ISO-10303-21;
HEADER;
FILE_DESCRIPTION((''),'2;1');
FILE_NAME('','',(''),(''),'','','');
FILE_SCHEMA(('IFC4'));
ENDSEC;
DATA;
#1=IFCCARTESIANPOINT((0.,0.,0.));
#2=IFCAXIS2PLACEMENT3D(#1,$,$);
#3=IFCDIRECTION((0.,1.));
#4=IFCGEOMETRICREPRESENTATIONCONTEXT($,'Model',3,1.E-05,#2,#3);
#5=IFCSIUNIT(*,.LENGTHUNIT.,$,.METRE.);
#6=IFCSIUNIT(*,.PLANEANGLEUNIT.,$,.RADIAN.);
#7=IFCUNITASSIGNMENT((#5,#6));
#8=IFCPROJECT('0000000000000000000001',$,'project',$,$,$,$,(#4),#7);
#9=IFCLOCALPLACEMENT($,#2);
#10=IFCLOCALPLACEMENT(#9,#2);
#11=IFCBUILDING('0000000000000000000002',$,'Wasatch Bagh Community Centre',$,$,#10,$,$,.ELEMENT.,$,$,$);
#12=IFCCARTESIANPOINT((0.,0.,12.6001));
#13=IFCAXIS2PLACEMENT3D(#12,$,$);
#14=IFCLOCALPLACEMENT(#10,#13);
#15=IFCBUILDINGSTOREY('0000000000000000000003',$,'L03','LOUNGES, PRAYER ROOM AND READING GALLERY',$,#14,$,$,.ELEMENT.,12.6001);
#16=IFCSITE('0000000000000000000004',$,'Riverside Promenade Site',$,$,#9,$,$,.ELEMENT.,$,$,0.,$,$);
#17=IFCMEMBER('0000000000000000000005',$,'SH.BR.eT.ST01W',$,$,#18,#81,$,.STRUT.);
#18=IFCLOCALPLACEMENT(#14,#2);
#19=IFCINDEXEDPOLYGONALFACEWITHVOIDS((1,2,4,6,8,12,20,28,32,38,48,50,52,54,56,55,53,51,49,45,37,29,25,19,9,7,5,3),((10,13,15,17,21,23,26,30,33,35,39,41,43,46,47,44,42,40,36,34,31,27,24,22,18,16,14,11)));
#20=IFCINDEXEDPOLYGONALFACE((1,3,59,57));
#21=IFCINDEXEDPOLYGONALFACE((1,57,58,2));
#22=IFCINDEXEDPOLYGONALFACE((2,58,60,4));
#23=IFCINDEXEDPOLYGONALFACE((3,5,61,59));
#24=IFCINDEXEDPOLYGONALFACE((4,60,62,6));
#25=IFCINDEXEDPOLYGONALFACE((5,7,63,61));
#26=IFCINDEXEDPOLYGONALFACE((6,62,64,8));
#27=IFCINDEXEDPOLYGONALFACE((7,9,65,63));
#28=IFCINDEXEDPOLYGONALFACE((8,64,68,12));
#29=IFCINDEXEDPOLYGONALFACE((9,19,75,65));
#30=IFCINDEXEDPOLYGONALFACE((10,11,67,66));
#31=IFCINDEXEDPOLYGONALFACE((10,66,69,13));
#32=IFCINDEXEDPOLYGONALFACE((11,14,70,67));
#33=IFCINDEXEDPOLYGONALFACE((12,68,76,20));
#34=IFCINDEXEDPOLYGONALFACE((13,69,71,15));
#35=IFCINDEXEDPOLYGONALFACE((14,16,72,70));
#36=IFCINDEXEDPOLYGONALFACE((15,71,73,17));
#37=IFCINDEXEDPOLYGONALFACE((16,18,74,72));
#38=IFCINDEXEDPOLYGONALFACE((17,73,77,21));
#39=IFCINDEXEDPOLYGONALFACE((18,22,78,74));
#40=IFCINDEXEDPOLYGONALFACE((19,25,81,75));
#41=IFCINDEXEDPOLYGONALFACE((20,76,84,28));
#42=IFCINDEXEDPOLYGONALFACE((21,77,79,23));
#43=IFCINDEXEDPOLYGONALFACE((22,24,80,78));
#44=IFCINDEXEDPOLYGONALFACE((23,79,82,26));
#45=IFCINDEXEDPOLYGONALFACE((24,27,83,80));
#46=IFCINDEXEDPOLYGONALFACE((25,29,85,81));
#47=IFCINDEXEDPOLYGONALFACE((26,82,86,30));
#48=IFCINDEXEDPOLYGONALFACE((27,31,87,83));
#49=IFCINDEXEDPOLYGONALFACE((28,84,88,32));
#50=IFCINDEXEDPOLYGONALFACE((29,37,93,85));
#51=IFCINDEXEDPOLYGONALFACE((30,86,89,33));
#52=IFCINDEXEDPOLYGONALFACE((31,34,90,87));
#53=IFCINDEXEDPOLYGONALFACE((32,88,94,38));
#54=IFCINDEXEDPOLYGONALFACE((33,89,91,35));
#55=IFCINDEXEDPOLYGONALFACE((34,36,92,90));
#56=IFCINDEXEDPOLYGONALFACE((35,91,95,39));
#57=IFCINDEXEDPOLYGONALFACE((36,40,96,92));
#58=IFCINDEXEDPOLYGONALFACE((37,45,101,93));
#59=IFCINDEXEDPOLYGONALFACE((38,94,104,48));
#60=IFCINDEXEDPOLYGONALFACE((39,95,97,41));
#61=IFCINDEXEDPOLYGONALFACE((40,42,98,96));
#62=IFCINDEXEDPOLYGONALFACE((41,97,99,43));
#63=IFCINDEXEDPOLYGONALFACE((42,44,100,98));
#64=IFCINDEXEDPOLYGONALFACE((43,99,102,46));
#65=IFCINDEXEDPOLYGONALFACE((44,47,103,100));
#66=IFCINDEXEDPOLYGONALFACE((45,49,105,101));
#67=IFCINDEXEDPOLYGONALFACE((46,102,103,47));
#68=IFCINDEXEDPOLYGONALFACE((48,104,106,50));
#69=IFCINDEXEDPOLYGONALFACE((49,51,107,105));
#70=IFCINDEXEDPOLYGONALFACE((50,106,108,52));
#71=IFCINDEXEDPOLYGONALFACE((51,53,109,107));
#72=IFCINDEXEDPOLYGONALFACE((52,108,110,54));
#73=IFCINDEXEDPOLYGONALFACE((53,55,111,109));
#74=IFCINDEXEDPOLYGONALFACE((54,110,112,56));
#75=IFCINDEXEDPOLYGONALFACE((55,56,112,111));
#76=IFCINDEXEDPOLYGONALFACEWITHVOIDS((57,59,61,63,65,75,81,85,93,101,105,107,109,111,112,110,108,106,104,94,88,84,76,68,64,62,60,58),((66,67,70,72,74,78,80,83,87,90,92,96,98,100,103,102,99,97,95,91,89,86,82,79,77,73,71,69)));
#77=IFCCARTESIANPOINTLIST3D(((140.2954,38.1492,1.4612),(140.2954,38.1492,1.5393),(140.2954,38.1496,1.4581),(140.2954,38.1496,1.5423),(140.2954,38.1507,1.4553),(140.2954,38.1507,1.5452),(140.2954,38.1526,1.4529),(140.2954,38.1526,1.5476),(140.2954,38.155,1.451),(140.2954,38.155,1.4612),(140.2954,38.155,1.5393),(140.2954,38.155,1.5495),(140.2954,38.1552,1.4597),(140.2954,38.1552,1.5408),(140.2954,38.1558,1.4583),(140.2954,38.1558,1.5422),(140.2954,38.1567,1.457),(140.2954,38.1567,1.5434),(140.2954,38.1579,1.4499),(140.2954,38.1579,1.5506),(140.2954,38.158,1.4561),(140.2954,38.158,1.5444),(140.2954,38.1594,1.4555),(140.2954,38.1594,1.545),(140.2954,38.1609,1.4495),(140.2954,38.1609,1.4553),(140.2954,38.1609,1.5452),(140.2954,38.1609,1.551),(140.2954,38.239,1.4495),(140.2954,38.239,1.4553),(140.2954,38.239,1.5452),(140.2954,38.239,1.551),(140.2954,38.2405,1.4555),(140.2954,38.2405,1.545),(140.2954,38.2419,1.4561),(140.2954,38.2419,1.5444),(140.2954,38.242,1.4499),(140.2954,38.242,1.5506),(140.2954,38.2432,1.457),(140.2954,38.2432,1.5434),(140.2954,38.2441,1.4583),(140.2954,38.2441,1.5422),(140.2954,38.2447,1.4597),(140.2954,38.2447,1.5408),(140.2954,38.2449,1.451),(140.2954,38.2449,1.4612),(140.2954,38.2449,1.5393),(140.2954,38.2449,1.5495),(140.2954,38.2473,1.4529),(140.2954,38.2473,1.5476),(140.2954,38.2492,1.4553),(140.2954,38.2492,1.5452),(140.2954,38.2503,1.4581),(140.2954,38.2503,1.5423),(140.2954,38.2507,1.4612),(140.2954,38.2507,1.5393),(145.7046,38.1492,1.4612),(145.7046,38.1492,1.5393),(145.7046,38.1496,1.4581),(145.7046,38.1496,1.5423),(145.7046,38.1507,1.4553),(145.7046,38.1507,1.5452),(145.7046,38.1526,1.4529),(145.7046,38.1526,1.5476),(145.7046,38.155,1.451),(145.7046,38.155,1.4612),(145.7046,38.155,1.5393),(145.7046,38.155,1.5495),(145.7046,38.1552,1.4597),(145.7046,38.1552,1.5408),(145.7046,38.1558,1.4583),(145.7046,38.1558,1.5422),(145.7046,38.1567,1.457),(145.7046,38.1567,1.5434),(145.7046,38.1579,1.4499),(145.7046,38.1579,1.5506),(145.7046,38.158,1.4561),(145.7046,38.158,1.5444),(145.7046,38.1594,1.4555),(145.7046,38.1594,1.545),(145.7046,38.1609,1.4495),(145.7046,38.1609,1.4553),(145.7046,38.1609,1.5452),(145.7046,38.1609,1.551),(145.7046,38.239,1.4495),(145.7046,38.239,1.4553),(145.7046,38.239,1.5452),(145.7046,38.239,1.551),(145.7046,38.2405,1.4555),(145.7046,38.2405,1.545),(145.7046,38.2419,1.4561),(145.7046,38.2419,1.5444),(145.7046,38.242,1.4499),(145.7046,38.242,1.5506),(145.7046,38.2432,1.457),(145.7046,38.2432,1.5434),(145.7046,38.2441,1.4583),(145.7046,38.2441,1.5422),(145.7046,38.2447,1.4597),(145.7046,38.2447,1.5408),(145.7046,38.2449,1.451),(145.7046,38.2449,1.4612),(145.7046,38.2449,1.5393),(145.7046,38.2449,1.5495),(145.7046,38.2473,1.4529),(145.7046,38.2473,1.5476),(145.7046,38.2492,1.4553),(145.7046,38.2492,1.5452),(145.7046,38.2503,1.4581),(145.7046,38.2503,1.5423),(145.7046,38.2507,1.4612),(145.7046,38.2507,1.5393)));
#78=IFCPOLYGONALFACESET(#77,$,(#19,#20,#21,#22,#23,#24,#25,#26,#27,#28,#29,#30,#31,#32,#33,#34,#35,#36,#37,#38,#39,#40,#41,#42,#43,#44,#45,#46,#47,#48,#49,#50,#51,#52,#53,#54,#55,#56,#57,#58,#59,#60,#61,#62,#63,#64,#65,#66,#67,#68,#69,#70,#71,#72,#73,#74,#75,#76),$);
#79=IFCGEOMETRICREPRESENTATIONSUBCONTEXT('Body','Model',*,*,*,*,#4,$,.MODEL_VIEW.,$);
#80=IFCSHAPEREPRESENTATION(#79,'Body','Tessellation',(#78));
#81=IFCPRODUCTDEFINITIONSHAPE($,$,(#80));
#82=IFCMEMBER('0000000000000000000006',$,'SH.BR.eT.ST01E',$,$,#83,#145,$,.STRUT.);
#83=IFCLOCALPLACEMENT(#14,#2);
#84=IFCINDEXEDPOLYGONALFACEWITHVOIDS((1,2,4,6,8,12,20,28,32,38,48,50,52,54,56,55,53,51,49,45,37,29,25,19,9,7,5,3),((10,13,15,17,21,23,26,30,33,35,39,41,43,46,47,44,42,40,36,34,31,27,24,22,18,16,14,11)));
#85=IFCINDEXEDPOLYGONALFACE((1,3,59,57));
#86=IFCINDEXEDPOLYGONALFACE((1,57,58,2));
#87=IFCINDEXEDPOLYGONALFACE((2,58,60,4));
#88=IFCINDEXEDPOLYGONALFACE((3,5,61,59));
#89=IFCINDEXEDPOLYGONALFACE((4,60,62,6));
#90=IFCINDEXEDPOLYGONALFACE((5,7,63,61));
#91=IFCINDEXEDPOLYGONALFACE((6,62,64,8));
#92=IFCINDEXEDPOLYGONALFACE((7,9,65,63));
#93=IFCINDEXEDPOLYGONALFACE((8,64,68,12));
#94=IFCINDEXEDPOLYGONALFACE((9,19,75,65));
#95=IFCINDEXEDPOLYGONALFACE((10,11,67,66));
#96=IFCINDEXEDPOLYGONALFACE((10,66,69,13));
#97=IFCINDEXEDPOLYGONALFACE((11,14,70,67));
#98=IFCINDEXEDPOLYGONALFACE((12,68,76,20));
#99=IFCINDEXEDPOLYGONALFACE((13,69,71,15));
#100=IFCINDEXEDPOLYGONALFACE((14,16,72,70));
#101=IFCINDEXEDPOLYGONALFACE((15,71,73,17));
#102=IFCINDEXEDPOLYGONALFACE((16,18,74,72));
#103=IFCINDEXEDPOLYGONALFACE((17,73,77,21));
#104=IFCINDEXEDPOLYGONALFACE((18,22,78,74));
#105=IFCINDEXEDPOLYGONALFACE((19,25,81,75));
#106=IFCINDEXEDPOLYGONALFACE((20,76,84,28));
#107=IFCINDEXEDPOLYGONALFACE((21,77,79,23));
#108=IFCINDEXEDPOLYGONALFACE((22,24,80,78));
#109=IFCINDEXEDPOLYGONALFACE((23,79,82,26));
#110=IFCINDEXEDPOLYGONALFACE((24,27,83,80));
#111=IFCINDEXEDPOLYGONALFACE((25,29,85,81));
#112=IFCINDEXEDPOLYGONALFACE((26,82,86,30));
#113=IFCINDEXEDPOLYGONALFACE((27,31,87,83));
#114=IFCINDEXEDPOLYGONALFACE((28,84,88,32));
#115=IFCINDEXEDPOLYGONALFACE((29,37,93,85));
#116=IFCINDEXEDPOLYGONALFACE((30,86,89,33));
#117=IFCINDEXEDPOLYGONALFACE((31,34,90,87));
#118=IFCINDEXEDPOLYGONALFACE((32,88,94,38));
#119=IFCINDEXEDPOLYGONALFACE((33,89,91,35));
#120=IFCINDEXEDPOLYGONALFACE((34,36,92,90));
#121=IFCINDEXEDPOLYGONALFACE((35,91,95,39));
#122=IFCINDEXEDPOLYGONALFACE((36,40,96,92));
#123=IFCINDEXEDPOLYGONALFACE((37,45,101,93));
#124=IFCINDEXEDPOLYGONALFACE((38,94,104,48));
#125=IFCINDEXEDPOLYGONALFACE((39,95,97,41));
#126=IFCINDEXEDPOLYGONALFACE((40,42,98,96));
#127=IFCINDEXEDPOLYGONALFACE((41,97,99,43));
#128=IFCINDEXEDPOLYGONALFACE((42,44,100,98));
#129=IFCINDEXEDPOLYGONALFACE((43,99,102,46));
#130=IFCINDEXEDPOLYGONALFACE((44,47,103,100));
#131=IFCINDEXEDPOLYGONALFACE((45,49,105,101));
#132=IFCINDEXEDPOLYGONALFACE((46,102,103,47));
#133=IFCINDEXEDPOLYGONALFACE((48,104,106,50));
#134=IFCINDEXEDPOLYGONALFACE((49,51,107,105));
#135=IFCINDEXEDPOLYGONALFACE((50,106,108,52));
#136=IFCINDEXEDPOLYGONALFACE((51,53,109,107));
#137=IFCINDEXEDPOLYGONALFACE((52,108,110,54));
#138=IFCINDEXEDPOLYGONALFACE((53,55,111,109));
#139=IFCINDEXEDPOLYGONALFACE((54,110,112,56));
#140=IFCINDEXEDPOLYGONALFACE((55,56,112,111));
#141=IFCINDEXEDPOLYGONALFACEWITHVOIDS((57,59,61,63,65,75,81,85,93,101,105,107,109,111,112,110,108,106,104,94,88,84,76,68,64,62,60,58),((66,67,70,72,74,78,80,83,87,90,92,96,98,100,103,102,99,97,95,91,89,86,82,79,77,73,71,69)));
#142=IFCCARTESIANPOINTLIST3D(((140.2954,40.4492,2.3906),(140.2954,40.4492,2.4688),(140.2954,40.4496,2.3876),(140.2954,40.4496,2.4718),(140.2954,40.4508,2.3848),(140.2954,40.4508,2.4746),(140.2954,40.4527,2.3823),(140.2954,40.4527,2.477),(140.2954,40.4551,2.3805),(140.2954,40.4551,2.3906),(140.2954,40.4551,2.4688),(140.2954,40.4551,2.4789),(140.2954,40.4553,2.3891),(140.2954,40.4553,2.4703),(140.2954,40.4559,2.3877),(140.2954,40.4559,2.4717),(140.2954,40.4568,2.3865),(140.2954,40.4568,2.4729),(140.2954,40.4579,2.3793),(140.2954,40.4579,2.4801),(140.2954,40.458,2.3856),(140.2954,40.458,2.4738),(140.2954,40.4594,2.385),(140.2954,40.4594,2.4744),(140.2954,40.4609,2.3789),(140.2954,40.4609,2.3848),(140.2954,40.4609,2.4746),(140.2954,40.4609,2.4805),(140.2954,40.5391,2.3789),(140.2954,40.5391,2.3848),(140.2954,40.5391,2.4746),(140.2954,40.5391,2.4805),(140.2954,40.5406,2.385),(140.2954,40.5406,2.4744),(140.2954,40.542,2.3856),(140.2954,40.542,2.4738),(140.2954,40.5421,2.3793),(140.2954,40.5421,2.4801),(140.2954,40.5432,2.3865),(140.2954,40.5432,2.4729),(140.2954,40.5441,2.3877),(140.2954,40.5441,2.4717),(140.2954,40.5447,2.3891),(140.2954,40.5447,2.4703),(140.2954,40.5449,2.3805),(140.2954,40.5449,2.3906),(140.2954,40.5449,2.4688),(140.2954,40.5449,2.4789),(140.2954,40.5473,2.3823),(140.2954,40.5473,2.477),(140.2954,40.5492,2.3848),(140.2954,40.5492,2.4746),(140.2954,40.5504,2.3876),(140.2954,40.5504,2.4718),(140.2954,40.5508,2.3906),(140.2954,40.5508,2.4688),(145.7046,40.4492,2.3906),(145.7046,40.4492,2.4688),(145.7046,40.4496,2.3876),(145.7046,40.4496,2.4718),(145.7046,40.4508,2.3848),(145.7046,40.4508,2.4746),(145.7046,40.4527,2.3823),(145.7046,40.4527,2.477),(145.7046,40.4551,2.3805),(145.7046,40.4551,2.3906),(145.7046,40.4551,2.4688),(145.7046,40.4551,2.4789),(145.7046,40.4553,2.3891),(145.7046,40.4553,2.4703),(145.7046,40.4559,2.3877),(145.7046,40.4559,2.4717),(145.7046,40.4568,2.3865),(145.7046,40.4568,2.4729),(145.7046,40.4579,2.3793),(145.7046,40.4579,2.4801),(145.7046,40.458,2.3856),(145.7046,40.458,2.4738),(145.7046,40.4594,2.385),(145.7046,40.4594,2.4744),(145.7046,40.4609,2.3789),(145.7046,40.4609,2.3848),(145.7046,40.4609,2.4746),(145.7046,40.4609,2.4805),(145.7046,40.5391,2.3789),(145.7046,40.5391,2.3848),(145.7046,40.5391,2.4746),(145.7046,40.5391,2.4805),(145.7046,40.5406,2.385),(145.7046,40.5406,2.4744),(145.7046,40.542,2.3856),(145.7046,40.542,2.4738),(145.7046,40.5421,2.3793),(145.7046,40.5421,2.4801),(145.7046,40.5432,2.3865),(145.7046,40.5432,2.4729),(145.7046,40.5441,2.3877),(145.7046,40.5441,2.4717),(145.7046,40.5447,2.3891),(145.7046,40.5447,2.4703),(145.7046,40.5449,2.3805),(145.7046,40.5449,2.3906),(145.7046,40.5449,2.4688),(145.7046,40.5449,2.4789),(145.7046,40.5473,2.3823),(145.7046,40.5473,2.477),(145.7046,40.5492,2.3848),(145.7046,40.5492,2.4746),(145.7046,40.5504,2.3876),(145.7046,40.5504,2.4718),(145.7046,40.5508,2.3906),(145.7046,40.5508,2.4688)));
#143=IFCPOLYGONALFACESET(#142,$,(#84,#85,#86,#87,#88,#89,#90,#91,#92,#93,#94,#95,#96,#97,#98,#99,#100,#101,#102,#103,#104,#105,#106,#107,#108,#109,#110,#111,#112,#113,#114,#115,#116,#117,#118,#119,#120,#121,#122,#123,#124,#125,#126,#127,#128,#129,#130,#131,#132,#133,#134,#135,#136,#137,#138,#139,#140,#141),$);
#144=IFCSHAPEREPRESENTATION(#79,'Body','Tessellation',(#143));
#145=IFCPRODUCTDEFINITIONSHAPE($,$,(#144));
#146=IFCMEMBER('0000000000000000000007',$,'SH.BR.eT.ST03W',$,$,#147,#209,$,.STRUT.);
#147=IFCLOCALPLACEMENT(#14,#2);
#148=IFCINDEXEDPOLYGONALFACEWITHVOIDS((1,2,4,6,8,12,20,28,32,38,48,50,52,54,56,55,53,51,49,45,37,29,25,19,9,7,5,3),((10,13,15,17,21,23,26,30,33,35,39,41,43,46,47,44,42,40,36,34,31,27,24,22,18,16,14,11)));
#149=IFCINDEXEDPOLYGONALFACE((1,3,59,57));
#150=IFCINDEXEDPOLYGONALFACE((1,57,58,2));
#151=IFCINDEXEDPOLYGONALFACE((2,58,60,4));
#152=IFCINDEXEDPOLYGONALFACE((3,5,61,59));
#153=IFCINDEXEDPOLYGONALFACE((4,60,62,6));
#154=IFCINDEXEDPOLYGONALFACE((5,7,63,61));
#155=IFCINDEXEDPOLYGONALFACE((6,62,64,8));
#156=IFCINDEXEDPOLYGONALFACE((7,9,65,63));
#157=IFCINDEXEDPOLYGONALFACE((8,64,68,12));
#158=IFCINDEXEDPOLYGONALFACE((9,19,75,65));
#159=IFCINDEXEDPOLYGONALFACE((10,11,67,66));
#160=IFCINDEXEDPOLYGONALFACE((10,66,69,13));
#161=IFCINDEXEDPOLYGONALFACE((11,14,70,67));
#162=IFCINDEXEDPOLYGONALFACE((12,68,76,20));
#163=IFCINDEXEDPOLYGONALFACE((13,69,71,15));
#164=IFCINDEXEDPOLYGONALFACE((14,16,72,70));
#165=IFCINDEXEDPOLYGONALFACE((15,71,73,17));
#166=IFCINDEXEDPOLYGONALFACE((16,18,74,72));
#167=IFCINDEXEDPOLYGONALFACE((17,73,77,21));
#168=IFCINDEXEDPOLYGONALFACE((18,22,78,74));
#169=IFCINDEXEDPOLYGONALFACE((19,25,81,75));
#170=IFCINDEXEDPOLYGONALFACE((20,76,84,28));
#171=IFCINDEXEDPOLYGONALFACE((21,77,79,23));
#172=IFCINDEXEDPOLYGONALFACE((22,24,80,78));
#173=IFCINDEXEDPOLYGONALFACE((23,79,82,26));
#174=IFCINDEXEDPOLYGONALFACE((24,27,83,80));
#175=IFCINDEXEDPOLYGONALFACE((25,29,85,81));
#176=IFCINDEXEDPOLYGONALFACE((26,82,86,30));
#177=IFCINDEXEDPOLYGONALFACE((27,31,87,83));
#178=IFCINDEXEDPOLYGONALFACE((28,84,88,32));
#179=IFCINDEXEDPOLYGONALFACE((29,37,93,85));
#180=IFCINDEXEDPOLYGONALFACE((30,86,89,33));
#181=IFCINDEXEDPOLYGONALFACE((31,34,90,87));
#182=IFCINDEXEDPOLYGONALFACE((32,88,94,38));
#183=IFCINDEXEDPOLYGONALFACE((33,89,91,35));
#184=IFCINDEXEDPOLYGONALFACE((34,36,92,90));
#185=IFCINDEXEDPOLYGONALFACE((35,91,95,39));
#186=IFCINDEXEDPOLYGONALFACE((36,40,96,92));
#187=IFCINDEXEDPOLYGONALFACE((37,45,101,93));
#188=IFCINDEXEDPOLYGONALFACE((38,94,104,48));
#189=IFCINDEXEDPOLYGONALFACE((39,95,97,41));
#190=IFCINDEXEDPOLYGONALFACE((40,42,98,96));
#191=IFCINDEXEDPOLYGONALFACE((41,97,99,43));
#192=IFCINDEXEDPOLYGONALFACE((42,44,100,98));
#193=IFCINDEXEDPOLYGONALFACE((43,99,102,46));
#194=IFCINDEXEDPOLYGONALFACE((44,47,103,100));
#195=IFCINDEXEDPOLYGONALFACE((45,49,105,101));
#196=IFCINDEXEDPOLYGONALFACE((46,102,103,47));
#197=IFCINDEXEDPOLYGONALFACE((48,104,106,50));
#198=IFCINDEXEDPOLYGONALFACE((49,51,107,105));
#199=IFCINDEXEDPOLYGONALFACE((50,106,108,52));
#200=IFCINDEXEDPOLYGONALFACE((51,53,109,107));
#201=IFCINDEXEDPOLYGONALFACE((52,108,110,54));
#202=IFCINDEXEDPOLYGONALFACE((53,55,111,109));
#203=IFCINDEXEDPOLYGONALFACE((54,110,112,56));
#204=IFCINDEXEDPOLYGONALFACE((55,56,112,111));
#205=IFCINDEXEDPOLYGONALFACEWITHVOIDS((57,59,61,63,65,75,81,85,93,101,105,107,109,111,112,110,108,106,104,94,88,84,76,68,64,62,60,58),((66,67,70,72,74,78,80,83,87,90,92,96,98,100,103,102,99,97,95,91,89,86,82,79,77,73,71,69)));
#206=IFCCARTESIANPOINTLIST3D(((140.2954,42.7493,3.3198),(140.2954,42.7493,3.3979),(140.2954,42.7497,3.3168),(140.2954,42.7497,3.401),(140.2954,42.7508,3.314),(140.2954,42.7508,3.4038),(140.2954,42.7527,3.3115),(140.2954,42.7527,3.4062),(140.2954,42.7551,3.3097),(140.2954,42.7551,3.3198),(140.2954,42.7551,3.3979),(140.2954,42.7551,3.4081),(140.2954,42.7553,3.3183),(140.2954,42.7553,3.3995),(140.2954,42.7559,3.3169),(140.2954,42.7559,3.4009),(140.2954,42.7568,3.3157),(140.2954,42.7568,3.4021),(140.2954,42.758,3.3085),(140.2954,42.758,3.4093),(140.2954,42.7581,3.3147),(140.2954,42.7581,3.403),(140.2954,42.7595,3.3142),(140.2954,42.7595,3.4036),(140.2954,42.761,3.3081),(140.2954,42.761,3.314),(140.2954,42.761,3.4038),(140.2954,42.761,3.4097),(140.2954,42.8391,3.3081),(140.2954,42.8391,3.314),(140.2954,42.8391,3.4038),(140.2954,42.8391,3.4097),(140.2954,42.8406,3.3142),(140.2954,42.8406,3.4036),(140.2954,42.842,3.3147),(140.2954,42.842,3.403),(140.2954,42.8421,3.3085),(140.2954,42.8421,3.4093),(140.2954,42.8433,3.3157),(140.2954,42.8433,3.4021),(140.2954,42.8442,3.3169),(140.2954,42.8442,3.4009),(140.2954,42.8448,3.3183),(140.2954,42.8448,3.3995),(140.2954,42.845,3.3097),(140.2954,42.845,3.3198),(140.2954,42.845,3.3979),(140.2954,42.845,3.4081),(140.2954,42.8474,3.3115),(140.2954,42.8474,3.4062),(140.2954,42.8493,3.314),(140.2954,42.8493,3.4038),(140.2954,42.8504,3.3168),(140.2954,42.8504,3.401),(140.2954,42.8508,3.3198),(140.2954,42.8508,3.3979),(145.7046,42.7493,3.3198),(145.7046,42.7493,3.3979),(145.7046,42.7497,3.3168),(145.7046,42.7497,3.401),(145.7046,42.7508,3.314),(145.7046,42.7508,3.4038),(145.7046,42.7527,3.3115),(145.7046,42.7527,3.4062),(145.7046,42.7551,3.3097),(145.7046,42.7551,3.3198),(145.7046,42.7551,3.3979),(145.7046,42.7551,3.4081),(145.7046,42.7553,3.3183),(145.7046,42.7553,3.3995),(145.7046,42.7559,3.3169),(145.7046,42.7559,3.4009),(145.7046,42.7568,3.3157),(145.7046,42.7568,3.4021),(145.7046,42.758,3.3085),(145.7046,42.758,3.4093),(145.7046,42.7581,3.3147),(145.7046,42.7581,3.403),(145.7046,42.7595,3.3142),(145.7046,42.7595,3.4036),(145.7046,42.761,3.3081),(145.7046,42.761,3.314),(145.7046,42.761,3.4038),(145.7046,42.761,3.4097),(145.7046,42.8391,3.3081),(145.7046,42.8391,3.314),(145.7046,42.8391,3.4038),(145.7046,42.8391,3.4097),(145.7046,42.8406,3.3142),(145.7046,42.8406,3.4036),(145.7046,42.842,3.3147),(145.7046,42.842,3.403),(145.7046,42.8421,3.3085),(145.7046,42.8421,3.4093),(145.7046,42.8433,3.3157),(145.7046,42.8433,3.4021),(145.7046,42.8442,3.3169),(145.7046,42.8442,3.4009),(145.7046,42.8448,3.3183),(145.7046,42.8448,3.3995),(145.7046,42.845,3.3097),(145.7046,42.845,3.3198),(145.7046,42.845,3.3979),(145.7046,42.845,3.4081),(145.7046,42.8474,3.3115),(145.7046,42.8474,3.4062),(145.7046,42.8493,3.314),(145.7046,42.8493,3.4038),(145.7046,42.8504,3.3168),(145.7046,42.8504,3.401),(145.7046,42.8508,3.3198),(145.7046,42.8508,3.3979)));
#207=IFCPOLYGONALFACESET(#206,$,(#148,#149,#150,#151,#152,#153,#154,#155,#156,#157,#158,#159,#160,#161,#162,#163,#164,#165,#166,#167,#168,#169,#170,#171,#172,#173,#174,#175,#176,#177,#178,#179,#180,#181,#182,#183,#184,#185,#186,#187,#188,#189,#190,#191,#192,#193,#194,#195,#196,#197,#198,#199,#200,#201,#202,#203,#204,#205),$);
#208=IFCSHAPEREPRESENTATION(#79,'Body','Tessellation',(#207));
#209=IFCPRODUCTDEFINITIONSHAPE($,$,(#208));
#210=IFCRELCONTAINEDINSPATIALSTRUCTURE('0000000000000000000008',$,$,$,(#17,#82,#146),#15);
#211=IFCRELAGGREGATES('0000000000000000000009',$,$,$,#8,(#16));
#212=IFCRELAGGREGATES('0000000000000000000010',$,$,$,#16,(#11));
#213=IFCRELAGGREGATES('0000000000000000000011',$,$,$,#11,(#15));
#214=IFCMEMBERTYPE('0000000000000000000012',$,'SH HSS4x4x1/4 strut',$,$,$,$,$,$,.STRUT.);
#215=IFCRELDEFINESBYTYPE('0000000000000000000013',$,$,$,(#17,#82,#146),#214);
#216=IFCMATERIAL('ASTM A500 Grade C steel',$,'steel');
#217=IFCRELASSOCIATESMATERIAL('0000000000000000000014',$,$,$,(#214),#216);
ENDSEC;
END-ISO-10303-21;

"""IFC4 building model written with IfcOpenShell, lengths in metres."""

from ifc_helpers import new_model, si_unit, direction, frame, origin, origin_2d, place, context, subcontext, project, spatial, hollow_rectangle, extrude, material, material_profile, profile_set, type_object, element, save


model = new_model("IFC4")

# Units and contexts
model_context = context("Model", 3, precision=1e-05, world=origin(), true_north=direction((0.0, 1.0)))
body_context = subcontext(model_context, "Body", "Model", "MODEL_VIEW")
ifc_project = project(units=[si_unit("LENGTHUNIT", "METRE"), si_unit("PLANEANGLEUNIT", "RADIAN")], contexts=[model_context])

# Site, building, storey
site_placement = place(None, origin())
site = spatial("IfcSite", under=ifc_project, at=site_placement, Name="Riverside Promenade Site", CompositionType="ELEMENT", RefElevation=0.0)
building_placement = place(site_placement, origin())
building = spatial("IfcBuilding", under=site, at=building_placement, Name="Wasatch Bagh Community Centre", CompositionType="ELEMENT")
storey_placement = place(building_placement, frame((0.0, 0.0, 12.6001)))
storey = spatial("IfcBuildingStorey", under=building, at=storey_placement, Name="L03", Description="LOUNGES, PRAYER ROOM AND READING GALLERY", CompositionType="ELEMENT", Elevation=12.6001)

# Members
ifc_material_1 = material(Name="ASTM A500 Grade C steel", Category="steel")
ifc_material_profile_1 = material_profile(ifc_material_1, hollow_rectangle(XDim=0.1016, YDim=0.1016, WallThickness=0.0059, InnerFilletRadius=0.0059, OuterFilletRadius=0.0117, at=origin_2d()), Name="HSS4x4x1/4")
ifc_profile_set_1 = profile_set([ifc_material_profile_1], Name="ASTM A500 Grade C steel")
member_type_1 = type_object("IfcMemberType", Name="SH HSS4x4x1/4 strut", PredefinedType="STRUT", material=ifc_profile_set_1)
for number, where, z_axis, x_axis, name in (
    (1, (140.2954, 38.2, 1.5002), (1.0, 0.0, 0.0), (0.0, 1.0, 0.0), "SH.BR.eT.ST01W"),
    (2, (140.2954, 40.5, 2.4297), (1.0, 0.0, 0.0), (0.0, 1.0, 0.0), "SH.BR.eT.ST01E"),
    (3, (140.2954, 42.8, 3.3589), (1.0, 0.0, 0.0), (0.0, 1.0, 0.0), "SH.BR.eT.ST03W"),
):
    element("IfcMember", number, at=place(storey_placement, frame(where, z_axis=z_axis, x_axis=x_axis)), inside=storey, type_object=member_type_1, Name=name, PredefinedType="STRUT", context=body_context, shape_type="SweptSolid", body=[
        extrude(hollow_rectangle(XDim=0.1016, YDim=0.1016, WallThickness=0.0059, InnerFilletRadius=0.0059, OuterFilletRadius=0.0117, at=origin_2d()), origin(), (0.0, 0.0, 1.0), 5.4092),
    ])

save(model, "model.ifc")
